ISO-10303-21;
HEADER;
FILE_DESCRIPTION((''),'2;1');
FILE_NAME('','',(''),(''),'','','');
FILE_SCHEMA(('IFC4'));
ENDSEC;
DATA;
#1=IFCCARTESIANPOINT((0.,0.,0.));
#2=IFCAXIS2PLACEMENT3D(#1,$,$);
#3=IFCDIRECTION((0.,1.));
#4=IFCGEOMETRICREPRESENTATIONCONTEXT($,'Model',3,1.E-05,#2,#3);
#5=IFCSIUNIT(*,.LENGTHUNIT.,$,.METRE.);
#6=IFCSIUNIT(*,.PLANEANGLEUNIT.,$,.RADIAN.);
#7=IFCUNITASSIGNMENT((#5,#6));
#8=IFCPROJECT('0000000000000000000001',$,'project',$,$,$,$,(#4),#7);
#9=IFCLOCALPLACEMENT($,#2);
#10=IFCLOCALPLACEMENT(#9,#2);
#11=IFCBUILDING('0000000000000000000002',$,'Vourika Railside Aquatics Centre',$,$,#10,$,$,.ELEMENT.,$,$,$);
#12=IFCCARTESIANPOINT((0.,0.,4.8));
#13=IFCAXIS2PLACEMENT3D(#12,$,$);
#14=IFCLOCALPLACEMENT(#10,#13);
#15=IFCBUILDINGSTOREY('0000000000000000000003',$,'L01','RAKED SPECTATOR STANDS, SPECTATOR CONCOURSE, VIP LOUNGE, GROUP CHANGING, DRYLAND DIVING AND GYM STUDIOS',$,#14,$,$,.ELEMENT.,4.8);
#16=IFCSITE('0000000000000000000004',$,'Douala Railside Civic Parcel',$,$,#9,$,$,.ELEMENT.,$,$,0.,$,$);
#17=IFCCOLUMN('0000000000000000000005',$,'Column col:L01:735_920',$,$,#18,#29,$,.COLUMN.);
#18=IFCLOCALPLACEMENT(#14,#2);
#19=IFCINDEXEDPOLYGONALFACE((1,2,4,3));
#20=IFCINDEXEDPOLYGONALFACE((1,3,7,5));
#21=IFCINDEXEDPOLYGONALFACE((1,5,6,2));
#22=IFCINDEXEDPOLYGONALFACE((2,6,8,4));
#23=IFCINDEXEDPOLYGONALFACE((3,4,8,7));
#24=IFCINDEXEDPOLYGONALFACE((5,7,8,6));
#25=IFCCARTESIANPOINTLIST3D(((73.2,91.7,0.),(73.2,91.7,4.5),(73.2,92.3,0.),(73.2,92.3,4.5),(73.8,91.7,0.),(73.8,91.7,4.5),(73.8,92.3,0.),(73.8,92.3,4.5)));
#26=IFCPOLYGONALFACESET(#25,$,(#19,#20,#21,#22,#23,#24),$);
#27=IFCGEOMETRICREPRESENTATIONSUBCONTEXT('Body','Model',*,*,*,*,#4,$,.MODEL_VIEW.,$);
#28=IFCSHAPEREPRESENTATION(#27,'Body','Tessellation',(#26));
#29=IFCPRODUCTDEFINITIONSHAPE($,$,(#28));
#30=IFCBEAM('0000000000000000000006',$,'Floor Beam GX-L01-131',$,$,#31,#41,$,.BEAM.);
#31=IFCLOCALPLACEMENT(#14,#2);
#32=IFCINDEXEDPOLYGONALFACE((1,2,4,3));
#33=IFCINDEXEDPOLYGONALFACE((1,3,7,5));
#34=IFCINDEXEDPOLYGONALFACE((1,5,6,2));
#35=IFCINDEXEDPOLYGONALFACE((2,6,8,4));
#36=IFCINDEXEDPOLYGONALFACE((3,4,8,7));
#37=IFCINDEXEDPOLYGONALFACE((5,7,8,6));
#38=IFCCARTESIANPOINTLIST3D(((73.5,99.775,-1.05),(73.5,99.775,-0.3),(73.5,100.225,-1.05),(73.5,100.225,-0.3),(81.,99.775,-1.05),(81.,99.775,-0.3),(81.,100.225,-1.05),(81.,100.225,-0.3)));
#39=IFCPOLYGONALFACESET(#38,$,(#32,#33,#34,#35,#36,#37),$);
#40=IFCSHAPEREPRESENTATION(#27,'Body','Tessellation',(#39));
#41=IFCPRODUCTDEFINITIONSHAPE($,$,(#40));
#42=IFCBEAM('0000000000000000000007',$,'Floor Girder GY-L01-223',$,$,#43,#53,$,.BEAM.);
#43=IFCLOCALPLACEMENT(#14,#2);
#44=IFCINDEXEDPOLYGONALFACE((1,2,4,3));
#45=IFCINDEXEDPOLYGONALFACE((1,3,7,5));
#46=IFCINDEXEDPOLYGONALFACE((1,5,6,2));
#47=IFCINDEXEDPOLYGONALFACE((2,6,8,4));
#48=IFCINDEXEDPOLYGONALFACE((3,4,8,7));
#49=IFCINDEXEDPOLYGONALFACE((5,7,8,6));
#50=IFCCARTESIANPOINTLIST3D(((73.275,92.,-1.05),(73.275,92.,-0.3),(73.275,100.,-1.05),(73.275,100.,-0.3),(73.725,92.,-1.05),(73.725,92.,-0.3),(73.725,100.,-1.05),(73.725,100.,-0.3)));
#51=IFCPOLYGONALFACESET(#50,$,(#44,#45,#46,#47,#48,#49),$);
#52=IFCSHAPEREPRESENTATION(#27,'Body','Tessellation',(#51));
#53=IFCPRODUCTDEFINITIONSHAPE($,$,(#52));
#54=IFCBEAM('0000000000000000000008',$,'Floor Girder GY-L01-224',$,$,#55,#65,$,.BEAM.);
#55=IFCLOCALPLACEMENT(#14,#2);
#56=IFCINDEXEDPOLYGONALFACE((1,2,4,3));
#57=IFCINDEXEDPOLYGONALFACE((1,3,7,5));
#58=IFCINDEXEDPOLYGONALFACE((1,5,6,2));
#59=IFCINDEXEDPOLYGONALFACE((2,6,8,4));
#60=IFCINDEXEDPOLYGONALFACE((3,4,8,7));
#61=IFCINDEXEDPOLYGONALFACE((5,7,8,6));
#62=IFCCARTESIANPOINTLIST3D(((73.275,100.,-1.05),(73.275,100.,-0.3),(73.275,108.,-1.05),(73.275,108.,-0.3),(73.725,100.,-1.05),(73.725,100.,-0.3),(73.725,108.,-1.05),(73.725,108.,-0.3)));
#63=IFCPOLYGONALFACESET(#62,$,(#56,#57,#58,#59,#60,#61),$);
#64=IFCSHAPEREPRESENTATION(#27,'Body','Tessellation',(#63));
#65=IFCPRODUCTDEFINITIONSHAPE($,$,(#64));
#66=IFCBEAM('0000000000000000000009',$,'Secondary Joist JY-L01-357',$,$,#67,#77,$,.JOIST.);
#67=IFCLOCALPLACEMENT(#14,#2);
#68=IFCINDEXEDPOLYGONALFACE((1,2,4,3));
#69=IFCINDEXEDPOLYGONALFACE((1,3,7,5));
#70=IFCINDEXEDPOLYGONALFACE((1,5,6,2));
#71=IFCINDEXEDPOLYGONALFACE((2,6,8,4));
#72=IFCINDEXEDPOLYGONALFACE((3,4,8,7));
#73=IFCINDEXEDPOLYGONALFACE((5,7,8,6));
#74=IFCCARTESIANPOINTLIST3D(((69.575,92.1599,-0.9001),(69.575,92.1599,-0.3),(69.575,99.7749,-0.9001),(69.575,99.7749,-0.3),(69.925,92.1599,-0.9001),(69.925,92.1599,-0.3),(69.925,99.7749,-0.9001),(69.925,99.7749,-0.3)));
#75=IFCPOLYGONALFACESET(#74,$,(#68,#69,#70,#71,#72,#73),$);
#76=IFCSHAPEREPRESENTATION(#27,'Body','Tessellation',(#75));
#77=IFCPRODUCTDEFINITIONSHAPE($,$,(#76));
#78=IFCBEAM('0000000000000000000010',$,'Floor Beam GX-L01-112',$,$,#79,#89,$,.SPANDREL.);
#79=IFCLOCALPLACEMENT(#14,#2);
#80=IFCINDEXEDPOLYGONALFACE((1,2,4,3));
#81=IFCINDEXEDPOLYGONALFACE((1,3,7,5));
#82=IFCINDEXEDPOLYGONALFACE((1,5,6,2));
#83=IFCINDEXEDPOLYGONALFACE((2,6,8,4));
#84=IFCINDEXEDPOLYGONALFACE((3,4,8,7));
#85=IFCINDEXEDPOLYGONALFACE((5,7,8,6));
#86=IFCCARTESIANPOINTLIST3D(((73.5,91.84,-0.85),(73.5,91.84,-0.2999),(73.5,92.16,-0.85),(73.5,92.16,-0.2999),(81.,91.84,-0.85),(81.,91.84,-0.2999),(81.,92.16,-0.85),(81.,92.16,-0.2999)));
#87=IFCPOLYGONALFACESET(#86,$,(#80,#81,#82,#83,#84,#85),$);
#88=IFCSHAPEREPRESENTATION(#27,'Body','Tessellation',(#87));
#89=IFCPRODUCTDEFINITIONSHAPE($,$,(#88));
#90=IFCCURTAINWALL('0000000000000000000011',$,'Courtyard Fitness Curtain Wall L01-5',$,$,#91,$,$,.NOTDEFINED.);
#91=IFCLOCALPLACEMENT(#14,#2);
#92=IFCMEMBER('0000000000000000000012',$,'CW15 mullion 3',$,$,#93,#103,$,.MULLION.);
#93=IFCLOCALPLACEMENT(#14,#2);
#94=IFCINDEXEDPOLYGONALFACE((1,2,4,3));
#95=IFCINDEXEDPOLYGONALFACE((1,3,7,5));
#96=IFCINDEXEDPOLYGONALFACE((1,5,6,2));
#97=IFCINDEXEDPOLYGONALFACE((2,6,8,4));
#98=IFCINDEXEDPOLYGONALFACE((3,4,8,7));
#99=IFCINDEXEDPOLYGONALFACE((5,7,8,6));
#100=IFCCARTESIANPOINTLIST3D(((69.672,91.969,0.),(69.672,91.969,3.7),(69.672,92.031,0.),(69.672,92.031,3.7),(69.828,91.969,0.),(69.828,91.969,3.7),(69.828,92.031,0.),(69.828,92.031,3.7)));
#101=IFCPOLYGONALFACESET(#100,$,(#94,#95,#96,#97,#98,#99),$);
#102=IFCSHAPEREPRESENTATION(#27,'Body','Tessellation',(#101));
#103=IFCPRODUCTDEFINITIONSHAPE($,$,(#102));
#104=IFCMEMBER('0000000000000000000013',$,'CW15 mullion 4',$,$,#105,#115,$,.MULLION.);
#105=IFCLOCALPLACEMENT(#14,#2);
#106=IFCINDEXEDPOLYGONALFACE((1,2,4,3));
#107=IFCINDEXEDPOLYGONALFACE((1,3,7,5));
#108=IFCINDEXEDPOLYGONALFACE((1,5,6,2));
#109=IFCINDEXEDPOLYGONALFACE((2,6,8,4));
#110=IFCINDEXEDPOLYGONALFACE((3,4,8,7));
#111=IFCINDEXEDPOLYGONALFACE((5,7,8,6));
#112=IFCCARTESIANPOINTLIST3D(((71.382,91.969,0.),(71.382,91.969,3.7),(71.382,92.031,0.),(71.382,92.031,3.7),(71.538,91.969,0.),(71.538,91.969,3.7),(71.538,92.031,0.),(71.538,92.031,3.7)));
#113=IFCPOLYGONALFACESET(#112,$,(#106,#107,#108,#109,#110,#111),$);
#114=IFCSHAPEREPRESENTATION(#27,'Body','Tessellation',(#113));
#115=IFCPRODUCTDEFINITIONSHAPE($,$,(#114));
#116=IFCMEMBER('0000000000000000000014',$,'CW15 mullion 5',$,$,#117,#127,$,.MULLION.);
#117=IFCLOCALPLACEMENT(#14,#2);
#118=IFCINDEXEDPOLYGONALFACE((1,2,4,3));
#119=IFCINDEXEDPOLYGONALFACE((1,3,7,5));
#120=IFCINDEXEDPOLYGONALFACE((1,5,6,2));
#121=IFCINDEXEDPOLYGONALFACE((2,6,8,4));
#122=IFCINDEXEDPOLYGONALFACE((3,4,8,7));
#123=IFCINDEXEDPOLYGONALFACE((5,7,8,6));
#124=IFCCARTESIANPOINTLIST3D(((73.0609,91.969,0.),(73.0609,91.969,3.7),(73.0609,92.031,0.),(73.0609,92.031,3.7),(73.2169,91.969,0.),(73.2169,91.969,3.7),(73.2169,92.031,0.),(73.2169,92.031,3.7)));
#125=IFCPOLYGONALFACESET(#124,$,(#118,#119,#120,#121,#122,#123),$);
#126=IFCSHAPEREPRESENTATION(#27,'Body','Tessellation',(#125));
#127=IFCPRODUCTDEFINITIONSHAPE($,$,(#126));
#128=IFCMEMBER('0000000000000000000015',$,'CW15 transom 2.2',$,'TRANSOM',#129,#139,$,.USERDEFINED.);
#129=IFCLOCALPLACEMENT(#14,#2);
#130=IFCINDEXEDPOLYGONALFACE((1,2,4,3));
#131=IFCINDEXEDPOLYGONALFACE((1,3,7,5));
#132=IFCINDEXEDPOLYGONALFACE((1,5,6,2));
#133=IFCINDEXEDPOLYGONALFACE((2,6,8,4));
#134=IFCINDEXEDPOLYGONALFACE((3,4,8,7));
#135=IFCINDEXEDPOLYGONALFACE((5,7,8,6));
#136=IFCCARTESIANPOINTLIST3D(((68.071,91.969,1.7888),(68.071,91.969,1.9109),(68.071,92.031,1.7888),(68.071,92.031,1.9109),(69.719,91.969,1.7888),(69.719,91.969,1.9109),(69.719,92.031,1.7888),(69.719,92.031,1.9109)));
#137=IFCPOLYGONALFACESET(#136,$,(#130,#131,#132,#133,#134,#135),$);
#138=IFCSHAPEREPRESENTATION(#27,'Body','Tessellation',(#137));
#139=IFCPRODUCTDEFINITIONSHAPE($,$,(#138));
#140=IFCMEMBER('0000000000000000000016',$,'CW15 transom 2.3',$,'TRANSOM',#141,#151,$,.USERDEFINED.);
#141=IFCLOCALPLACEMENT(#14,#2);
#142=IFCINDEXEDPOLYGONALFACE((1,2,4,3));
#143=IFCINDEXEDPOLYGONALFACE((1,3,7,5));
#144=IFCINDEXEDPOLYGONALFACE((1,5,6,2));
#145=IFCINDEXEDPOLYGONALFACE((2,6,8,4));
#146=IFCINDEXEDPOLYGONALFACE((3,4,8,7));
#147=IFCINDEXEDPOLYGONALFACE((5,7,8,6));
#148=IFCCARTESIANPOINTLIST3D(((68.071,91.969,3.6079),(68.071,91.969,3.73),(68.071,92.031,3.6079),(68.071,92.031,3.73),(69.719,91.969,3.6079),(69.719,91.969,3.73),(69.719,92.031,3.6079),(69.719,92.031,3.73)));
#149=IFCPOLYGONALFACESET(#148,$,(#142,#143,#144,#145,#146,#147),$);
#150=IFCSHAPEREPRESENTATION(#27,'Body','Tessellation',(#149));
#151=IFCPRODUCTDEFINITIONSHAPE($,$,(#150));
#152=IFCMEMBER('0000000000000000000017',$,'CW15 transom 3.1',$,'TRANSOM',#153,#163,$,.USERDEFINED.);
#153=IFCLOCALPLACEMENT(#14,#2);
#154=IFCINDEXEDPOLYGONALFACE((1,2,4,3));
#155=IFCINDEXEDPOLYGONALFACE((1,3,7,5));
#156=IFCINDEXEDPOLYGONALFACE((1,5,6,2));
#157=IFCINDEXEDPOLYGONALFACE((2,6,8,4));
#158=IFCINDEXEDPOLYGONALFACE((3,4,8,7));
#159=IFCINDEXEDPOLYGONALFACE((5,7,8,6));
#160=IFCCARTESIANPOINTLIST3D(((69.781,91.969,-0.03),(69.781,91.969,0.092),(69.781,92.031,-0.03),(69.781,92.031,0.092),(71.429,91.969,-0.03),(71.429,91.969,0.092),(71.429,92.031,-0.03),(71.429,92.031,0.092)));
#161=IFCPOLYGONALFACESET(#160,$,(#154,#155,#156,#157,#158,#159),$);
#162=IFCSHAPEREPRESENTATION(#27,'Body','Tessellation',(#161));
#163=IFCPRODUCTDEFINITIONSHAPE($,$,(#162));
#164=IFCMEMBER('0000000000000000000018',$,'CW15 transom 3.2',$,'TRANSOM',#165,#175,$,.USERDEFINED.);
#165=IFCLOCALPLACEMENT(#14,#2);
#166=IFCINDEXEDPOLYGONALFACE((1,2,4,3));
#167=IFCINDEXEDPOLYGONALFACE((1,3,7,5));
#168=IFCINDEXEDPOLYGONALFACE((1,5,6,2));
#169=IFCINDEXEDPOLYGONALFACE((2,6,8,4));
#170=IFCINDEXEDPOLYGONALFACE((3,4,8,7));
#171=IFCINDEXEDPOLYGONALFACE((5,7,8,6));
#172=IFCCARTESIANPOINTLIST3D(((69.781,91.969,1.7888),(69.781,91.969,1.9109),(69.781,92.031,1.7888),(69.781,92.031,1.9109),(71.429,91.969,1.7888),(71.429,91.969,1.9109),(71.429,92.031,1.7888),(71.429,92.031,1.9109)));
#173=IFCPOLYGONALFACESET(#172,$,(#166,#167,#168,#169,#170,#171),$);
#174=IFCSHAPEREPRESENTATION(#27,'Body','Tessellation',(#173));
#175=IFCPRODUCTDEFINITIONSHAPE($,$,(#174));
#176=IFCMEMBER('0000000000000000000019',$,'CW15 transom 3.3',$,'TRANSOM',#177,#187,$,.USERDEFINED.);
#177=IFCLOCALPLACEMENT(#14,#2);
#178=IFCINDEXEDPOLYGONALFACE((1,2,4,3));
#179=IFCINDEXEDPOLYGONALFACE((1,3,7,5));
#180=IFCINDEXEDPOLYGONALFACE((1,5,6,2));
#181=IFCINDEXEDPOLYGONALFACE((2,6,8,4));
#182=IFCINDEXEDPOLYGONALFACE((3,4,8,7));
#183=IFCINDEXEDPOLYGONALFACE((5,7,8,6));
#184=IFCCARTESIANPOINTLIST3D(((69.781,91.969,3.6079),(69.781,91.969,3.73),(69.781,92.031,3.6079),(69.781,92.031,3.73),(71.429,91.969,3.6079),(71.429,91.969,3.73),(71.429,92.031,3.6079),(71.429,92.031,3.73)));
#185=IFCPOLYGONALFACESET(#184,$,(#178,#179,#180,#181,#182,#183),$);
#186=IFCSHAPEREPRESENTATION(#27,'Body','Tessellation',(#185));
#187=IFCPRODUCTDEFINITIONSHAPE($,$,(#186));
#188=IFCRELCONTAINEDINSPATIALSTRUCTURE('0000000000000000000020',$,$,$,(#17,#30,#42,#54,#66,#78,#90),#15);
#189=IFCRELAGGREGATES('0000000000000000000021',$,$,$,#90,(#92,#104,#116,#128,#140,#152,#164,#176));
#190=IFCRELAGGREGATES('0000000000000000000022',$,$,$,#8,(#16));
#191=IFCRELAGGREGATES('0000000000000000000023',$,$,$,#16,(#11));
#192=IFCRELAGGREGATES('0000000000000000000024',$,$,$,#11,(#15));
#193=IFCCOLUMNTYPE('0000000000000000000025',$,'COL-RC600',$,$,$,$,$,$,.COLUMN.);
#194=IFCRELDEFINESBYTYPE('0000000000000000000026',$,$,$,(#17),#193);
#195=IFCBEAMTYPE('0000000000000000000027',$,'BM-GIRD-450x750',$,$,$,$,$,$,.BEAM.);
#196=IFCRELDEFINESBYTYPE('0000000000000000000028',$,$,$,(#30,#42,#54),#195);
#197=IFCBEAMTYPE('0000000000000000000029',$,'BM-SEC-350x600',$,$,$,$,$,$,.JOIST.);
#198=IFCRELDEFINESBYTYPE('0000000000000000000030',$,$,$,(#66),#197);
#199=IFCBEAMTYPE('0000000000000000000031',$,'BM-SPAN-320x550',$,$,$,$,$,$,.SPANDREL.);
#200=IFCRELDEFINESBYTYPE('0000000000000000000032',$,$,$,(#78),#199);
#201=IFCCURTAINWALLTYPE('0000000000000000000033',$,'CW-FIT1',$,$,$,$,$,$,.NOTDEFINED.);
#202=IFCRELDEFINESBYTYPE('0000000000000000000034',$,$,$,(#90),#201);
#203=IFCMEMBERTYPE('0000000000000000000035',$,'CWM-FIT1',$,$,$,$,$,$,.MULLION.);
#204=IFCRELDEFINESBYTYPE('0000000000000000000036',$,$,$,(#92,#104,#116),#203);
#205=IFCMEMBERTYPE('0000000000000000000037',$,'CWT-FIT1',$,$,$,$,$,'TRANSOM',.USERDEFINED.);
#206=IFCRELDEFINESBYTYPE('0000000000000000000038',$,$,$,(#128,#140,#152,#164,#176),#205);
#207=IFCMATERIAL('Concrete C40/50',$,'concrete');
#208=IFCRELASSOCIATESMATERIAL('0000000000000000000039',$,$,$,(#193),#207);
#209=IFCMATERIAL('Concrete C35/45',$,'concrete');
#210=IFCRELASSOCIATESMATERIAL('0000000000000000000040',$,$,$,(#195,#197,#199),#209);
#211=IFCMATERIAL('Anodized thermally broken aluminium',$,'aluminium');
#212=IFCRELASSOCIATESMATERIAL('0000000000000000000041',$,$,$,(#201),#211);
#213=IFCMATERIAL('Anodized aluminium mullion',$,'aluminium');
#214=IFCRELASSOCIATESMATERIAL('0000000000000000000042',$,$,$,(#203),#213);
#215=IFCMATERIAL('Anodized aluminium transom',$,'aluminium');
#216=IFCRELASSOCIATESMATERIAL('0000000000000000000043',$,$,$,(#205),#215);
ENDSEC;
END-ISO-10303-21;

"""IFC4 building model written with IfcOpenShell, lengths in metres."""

from ifc_helpers import new_model, si_unit, direction, frame, origin, origin_2d, place, context, subcontext, project, spatial, rectangle, extrude, material, material_profile, profile_set, type_object, element, aggregate, save


model = new_model("IFC4")

# Units and contexts
model_context = context("Model", 3, precision=1e-05, world=origin(), true_north=direction((0.0, 1.0)))
body_context = subcontext(model_context, "Body", "Model", "MODEL_VIEW")
ifc_project = project(units=[si_unit("LENGTHUNIT", "METRE"), si_unit("PLANEANGLEUNIT", "RADIAN")], contexts=[model_context])

# Site, building, storey
site_placement = place(None, origin())
site = spatial("IfcSite", under=ifc_project, at=site_placement, Name="Douala Railside Civic Parcel", CompositionType="ELEMENT", RefElevation=0.0)
building_placement = place(site_placement, origin())
building = spatial("IfcBuilding", under=site, at=building_placement, Name="Vourika Railside Aquatics Centre", CompositionType="ELEMENT")
storey_placement = place(building_placement, frame((0.0, 0.0, 4.8)))
storey = spatial("IfcBuildingStorey", under=building, at=storey_placement, Name="L01", Description="RAKED SPECTATOR STANDS, SPECTATOR CONCOURSE, VIP LOUNGE, GROUP CHANGING, DRYLAND DIVING AND GYM STUDIOS", CompositionType="ELEMENT", Elevation=4.8)

# Column
ifc_material_1 = material(Name="Concrete C40/50", Category="concrete")
ifc_material_profile_1 = material_profile(ifc_material_1, rectangle(XDim=0.6001, YDim=0.6001, at=origin_2d()), Name="RC 600x600")
ifc_profile_set_1 = profile_set([ifc_material_profile_1], Name="Concrete C40/50")
column_type = type_object("IfcColumnType", Name="COL-RC600", PredefinedType="COLUMN", material=ifc_profile_set_1)
column_placement = place(storey_placement, frame((73.5, 92.0, 0.0), z_axis=(0.0, 0.0, 1.0), x_axis=(1.0, 0.0, 0.0)))
element("IfcColumn", 1, at=column_placement, inside=storey, type_object=column_type, Name="Column col:L01:735_920", PredefinedType="COLUMN", context=body_context, shape_type="SweptSolid", body=[
    extrude(rectangle(XDim=0.6001, YDim=0.6001, at=origin_2d()), origin(), (0.0, 0.0, 1.0), 4.5),
])

# Beams
ifc_material_2 = material(Name="Concrete C35/45", Category="concrete")
ifc_material_profile_2 = material_profile(ifc_material_2, rectangle(XDim=0.45, YDim=0.75, at=origin_2d()), Name="RC 450x750")
ifc_profile_set_2 = profile_set([ifc_material_profile_2], Name="Concrete C35/45")
beam_type_1 = type_object("IfcBeamType", Name="BM-GIRD-450x750", PredefinedType="BEAM", material=ifc_profile_set_2)
beam_1_placement = place(storey_placement, frame((73.5, 100.0, -0.675), z_axis=(1.0, 0.0, 0.0), x_axis=(0.0, 1.0, 0.0)))
element("IfcBeam", 2, at=beam_1_placement, inside=storey, type_object=beam_type_1, Name="Floor Beam GX-L01-131", PredefinedType="BEAM", context=body_context, shape_type="SweptSolid", body=[
    extrude(rectangle(XDim=0.45, YDim=0.75, at=origin_2d()), origin(), (0.0, 0.0, 1.0), 7.5),
])
for number, where, z_axis, x_axis, name in (
    (3, (73.5, 92.0, -0.675), (0.0, 1.0, 0.0), (-1.0, 0.0, 0.0), "Floor Girder GY-L01-223"),
    (4, (73.5, 100.0, -0.675), (0.0, 1.0, 0.0), (-1.0, 0.0, 0.0), "Floor Girder GY-L01-224"),
):
    element("IfcBeam", number, at=place(storey_placement, frame(where, z_axis=z_axis, x_axis=x_axis)), inside=storey, type_object=beam_type_1, Name=name, PredefinedType="BEAM", context=body_context, shape_type="SweptSolid", body=[
        extrude(rectangle(XDim=0.45, YDim=0.75, at=origin_2d()), origin(), (0.0, 0.0, 1.0), 8.0),
    ])
ifc_material_profile_3 = material_profile(ifc_material_2, rectangle(XDim=0.3501, YDim=0.6001, at=origin_2d()), Name="RC 350x600")
ifc_profile_set_3 = profile_set([ifc_material_profile_3], Name="Concrete C35/45")
beam_type_2 = type_object("IfcBeamType", Name="BM-SEC-350x600", PredefinedType="JOIST", material=ifc_profile_set_3)
beam_2_placement = place(storey_placement, frame((69.75, 92.1599, -0.6001), z_axis=(0.0, 1.0, 0.0), x_axis=(-1.0, 0.0, 0.0)))
element("IfcBeam", 5, at=beam_2_placement, inside=storey, type_object=beam_type_2, Name="Secondary Joist JY-L01-357", PredefinedType="JOIST", context=body_context, shape_type="SweptSolid", body=[
    extrude(rectangle(XDim=0.3501, YDim=0.6001, at=origin_2d()), origin(), (0.0, 0.0, 1.0), 7.615),
])
ifc_material_profile_4 = material_profile(ifc_material_2, rectangle(XDim=0.3201, YDim=0.55, at=origin_2d()), Name="RC 320x550")
ifc_profile_set_4 = profile_set([ifc_material_profile_4], Name="Concrete C35/45")
beam_type_3 = type_object("IfcBeamType", Name="BM-SPAN-320x550", PredefinedType="SPANDREL", material=ifc_profile_set_4)
beam_3_placement = place(storey_placement, frame((73.5, 92.0, -0.575), z_axis=(1.0, 0.0, 0.0), x_axis=(0.0, 1.0, 0.0)))
element("IfcBeam", 6, at=beam_3_placement, inside=storey, type_object=beam_type_3, Name="Floor Beam GX-L01-112", PredefinedType="SPANDREL", context=body_context, shape_type="SweptSolid", body=[
    extrude(rectangle(XDim=0.3201, YDim=0.55, at=origin_2d()), origin(), (0.0, 0.0, 1.0), 7.5),
])

# Curtain wall, members
ifc_material_3 = material(Name="Anodized thermally broken aluminium", Category="aluminium")
curtain_wall_type = type_object("IfcCurtainWallType", Name="CW-FIT1", PredefinedType="NOTDEFINED", material=ifc_material_3)
curtain_wall_placement = place(storey_placement, origin())
curtain_wall = element("IfcCurtainWall", 7, at=curtain_wall_placement, inside=storey, type_object=curtain_wall_type, Name="Courtyard Fitness Curtain Wall L01-5", PredefinedType="NOTDEFINED")
ifc_material_4 = material(Name="Anodized aluminium mullion", Category="aluminium")
ifc_material_profile_5 = material_profile(ifc_material_4, rectangle(XDim=0.062, YDim=0.156, at=origin_2d()), Name="ALU-M 62x156")
ifc_profile_set_5 = profile_set([ifc_material_profile_5], Name="Anodized aluminium mullion")
member_type_1 = type_object("IfcMemberType", Name="CWM-FIT1", PredefinedType="MULLION", material=ifc_profile_set_5)
member_1_placement = place(storey_placement, frame((69.75, 92.0, 0.0), z_axis=(0.0, 0.0, 1.0), x_axis=(0.0, 1.0, 0.0)))
member_1 = element("IfcMember", 8, at=member_1_placement, type_object=member_type_1, Name="CW15 mullion 3", PredefinedType="MULLION", context=body_context, shape_type="SweptSolid", body=[
    extrude(rectangle(XDim=0.062, YDim=0.156, at=origin_2d()), origin(), (0.0, 0.0, 1.0), 3.7),
])
member_2_placement = place(storey_placement, frame((71.46, 92.0, 0.0), z_axis=(0.0, 0.0, 1.0), x_axis=(0.0, 1.0, 0.0)))
member_2 = element("IfcMember", 9, at=member_2_placement, type_object=member_type_1, Name="CW15 mullion 4", PredefinedType="MULLION", context=body_context, shape_type="SweptSolid", body=[
    extrude(rectangle(XDim=0.062, YDim=0.156, at=origin_2d()), origin(), (0.0, 0.0, 1.0), 3.7),
])
member_3_placement = place(storey_placement, frame((73.1389, 92.0, 0.0), z_axis=(0.0, 0.0, 1.0), x_axis=(0.0, 1.0, 0.0)))
member_3 = element("IfcMember", 10, at=member_3_placement, type_object=member_type_1, Name="CW15 mullion 5", PredefinedType="MULLION", context=body_context, shape_type="SweptSolid", body=[
    extrude(rectangle(XDim=0.062, YDim=0.156, at=origin_2d()), origin(), (0.0, 0.0, 1.0), 3.7),
])
ifc_material_5 = material(Name="Anodized aluminium transom", Category="aluminium")
ifc_material_profile_6 = material_profile(ifc_material_5, rectangle(XDim=0.062, YDim=0.1221, at=origin_2d()), Name="ALU-T 62x122")
ifc_profile_set_6 = profile_set([ifc_material_profile_6], Name="Anodized aluminium transom")
member_type_2 = type_object("IfcMemberType", Name="CWT-FIT1", ElementType="TRANSOM", PredefinedType="USERDEFINED", material=ifc_profile_set_6)
member_4_placement = place(storey_placement, frame((68.071, 92.0, 1.8499), z_axis=(1.0, 0.0, 0.0), x_axis=(0.0, 1.0, 0.0)))
member_4 = element("IfcMember", 11, at=member_4_placement, type_object=member_type_2, Name="CW15 transom 2.2", ObjectType="TRANSOM", PredefinedType="USERDEFINED", context=body_context, shape_type="SweptSolid", body=[
    extrude(rectangle(XDim=0.062, YDim=0.1221, at=origin_2d()), origin(), (0.0, 0.0, 1.0), 1.6479),
])
member_5_placement = place(storey_placement, frame((68.071, 92.0, 3.6689), z_axis=(1.0, 0.0, 0.0), x_axis=(0.0, 1.0, 0.0)))
member_5 = element("IfcMember", 12, at=member_5_placement, type_object=member_type_2, Name="CW15 transom 2.3", ObjectType="TRANSOM", PredefinedType="USERDEFINED", context=body_context, shape_type="SweptSolid", body=[
    extrude(rectangle(XDim=0.062, YDim=0.1221, at=origin_2d()), origin(), (0.0, 0.0, 1.0), 1.6479),
])
member_6_placement = place(storey_placement, frame((69.781, 92.0, 0.031), z_axis=(1.0, 0.0, 0.0), x_axis=(0.0, 1.0, 0.0)))
member_6 = element("IfcMember", 13, at=member_6_placement, type_object=member_type_2, Name="CW15 transom 3.1", ObjectType="TRANSOM", PredefinedType="USERDEFINED", context=body_context, shape_type="SweptSolid", body=[
    extrude(rectangle(XDim=0.062, YDim=0.1221, at=origin_2d()), origin(), (0.0, 0.0, 1.0), 1.6479),
])
member_7_placement = place(storey_placement, frame((69.781, 92.0, 1.8499), z_axis=(1.0, 0.0, 0.0), x_axis=(0.0, 1.0, 0.0)))
member_7 = element("IfcMember", 14, at=member_7_placement, type_object=member_type_2, Name="CW15 transom 3.2", ObjectType="TRANSOM", PredefinedType="USERDEFINED", context=body_context, shape_type="SweptSolid", body=[
    extrude(rectangle(XDim=0.062, YDim=0.1221, at=origin_2d()), origin(), (0.0, 0.0, 1.0), 1.6479),
])
member_8_placement = place(storey_placement, frame((69.781, 92.0, 3.6689), z_axis=(1.0, 0.0, 0.0), x_axis=(0.0, 1.0, 0.0)))
member_8 = element("IfcMember", 15, at=member_8_placement, type_object=member_type_2, Name="CW15 transom 3.3", ObjectType="TRANSOM", PredefinedType="USERDEFINED", context=body_context, shape_type="SweptSolid", body=[
    extrude(rectangle(XDim=0.062, YDim=0.1221, at=origin_2d()), origin(), (0.0, 0.0, 1.0), 1.6479),
])
aggregate(curtain_wall, [member_1, member_2, member_3, member_4, member_5, member_6, member_7, member_8])

save(model, "model.ifc")
